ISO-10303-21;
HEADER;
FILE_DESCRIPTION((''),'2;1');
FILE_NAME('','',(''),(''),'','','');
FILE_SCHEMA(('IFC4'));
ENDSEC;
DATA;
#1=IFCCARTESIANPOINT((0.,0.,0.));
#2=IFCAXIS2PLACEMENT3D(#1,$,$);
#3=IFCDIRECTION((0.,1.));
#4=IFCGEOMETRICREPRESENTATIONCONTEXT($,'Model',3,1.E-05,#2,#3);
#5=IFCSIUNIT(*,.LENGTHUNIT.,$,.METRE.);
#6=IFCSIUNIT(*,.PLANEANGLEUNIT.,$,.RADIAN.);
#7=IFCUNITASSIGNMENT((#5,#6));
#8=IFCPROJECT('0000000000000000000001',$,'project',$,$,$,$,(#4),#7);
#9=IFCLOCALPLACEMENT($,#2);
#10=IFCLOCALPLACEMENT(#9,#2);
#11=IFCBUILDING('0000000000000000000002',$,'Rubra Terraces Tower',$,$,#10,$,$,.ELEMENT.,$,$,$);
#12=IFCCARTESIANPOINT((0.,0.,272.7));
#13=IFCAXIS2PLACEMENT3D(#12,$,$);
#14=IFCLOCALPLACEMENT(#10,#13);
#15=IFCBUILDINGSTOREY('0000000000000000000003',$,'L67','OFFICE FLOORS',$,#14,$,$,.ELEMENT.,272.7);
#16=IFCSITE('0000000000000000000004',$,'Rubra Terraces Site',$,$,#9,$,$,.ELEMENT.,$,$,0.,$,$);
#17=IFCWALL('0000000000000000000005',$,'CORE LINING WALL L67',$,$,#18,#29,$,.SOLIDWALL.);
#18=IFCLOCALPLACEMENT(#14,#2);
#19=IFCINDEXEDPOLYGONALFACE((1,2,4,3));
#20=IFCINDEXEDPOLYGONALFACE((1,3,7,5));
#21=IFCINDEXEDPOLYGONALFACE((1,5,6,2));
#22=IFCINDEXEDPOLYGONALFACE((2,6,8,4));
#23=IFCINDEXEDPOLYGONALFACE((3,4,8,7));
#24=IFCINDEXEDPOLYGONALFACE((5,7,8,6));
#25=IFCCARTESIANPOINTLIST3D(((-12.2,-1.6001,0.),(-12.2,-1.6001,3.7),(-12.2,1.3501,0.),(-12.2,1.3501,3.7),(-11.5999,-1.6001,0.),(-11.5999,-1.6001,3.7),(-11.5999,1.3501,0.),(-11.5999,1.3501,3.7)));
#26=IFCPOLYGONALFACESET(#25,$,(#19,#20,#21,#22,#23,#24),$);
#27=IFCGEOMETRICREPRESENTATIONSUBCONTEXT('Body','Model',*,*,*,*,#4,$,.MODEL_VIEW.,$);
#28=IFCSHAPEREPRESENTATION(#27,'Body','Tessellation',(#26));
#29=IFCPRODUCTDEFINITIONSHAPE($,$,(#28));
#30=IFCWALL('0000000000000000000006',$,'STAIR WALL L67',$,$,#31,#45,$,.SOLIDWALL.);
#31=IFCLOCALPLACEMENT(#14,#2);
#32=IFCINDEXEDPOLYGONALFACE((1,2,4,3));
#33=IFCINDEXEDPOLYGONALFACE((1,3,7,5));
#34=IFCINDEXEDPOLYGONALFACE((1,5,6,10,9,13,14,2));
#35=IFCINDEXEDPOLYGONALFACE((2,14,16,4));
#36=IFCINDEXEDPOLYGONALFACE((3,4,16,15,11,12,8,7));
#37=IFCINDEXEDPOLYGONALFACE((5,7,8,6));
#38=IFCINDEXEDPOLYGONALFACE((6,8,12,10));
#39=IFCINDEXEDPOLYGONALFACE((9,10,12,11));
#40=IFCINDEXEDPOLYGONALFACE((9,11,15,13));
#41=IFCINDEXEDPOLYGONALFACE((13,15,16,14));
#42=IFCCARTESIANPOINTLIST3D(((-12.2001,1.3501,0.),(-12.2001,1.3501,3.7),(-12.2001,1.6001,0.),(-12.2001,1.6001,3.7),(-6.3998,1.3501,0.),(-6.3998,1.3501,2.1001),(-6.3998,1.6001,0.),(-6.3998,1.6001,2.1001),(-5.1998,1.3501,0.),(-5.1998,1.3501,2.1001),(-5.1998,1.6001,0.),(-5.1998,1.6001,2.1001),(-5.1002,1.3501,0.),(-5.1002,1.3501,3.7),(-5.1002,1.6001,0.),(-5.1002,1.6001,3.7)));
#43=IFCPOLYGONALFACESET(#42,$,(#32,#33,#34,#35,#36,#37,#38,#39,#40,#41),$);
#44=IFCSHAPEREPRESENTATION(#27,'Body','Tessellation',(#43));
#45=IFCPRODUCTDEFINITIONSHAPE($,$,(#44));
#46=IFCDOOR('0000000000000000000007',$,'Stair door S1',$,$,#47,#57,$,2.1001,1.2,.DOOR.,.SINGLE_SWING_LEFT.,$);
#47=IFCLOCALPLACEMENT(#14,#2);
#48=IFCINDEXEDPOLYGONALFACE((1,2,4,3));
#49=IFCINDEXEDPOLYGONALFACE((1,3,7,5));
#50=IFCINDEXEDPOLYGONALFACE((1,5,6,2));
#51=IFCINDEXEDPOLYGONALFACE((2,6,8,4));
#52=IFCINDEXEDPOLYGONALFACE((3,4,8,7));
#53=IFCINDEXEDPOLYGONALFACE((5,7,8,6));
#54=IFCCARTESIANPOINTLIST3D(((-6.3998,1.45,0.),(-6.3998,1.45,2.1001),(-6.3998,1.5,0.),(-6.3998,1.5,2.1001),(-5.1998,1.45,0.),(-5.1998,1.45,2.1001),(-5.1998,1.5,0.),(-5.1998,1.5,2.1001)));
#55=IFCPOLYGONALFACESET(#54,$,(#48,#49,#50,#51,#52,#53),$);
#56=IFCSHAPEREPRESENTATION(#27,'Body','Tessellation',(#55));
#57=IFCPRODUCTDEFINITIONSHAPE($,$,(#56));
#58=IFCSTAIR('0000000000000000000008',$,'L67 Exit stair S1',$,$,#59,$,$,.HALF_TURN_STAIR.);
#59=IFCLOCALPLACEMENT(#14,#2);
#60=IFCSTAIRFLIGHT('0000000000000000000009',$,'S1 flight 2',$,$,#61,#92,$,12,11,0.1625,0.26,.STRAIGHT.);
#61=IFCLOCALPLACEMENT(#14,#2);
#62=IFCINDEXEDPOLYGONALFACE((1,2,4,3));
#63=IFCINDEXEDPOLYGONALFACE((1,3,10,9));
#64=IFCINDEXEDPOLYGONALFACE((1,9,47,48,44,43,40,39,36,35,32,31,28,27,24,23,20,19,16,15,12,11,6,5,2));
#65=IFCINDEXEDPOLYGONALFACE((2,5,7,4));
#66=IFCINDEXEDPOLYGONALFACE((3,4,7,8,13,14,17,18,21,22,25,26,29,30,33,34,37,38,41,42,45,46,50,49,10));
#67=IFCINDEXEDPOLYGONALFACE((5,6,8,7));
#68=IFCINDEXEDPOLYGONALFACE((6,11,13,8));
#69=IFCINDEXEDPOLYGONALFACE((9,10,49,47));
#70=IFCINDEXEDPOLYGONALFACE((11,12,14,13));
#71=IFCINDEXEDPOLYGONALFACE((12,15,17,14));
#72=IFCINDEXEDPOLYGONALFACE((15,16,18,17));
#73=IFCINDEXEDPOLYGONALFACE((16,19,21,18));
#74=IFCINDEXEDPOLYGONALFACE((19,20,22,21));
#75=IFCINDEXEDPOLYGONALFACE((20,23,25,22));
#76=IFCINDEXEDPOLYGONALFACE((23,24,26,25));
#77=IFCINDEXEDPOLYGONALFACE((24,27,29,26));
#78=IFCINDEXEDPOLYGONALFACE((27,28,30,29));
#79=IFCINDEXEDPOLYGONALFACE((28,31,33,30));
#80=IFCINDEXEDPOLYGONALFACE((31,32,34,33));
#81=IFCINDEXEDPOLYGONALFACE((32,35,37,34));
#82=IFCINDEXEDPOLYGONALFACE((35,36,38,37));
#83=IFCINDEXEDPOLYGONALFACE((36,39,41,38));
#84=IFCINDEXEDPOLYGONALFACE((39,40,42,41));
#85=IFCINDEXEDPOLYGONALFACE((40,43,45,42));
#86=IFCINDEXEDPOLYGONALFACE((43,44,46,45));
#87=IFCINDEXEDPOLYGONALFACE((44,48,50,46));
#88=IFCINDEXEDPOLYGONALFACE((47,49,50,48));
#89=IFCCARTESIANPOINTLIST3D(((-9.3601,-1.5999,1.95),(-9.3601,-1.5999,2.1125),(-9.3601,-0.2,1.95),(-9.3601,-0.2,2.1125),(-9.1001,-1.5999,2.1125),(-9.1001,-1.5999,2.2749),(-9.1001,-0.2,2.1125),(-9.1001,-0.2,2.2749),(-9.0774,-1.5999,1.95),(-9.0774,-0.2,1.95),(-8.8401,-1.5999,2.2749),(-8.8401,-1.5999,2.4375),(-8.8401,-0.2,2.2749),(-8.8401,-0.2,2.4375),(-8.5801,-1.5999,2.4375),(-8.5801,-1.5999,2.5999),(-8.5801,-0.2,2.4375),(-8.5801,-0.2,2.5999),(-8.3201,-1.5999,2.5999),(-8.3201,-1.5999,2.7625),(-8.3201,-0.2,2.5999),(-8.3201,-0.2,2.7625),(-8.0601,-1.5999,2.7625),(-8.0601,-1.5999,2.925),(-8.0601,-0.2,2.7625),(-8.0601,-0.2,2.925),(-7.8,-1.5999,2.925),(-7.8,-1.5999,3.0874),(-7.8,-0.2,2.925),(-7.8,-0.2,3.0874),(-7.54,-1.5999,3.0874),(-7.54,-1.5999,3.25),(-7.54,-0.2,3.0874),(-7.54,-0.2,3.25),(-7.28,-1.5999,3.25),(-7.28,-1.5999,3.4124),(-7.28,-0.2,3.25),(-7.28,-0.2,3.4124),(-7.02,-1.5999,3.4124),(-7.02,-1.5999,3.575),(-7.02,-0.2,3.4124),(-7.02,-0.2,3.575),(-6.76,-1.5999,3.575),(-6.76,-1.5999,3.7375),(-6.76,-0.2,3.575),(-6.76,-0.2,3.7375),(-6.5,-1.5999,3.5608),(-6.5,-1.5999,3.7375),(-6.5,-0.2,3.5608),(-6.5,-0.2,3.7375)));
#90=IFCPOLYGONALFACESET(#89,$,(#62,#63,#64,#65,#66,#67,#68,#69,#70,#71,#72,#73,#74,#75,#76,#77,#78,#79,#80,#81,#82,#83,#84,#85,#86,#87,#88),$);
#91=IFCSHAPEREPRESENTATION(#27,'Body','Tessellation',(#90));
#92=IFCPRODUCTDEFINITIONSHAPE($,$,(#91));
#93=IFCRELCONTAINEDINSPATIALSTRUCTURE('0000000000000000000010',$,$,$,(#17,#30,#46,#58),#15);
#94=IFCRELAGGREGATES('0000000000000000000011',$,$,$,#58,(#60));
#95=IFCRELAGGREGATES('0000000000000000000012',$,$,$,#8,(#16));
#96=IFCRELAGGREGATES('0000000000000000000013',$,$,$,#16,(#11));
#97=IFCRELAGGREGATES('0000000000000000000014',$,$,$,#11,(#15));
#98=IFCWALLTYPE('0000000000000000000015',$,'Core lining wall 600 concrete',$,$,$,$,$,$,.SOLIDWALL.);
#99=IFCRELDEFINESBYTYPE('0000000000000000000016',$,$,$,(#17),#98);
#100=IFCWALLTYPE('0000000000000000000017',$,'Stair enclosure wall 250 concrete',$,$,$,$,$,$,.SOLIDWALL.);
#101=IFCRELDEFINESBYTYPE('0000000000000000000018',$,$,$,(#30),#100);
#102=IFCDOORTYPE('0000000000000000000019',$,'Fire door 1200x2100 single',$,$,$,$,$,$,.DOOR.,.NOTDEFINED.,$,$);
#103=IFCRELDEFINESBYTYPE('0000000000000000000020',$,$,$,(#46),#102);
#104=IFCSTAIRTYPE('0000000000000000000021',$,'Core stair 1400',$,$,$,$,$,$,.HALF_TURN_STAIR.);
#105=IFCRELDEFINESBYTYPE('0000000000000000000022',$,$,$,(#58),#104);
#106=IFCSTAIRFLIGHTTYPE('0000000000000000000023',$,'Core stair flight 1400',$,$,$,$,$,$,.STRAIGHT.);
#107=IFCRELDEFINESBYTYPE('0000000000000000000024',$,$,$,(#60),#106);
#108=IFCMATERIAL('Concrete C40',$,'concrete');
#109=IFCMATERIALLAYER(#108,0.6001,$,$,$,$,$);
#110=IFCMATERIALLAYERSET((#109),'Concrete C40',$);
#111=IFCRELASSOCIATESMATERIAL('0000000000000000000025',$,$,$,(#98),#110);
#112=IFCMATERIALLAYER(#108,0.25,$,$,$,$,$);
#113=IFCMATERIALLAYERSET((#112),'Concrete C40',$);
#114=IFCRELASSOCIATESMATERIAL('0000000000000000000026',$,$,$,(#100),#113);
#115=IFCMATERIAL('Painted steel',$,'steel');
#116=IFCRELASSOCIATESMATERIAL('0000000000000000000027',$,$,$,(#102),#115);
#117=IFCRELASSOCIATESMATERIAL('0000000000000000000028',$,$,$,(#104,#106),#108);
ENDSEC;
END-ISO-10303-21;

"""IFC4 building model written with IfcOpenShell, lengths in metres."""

from ifc_helpers import new_model, si_unit, direction, frame, frame_2d, origin, place, context, subcontext, project, spatial, polyline, rectangle, outline, extrude, material, layer, layer_set, type_object, element, fill, aggregate, save


model = new_model("IFC4")

# Units and contexts
model_context = context("Model", 3, precision=1e-05, world=origin(), true_north=direction((0.0, 1.0)))
body_context = subcontext(model_context, "Body", "Model", "MODEL_VIEW")
ifc_project = project(units=[si_unit("LENGTHUNIT", "METRE"), si_unit("PLANEANGLEUNIT", "RADIAN")], contexts=[model_context])

# Site, building, storey
site_placement = place(None, origin())
site = spatial("IfcSite", under=ifc_project, at=site_placement, Name="Rubra Terraces Site", CompositionType="ELEMENT", RefElevation=0.0)
building_placement = place(site_placement, origin())
building = spatial("IfcBuilding", under=site, at=building_placement, Name="Rubra Terraces Tower", CompositionType="ELEMENT")
storey_placement = place(building_placement, frame((0.0, 0.0, 272.7)))
storey = spatial("IfcBuildingStorey", under=building, at=storey_placement, Name="L67", Description="OFFICE FLOORS", CompositionType="ELEMENT", Elevation=272.7)

# Shared definitions
ifc_material_1 = material(Name="Painted steel", Category="steel")

# Wall
ifc_material_2 = material(Name="Concrete C40", Category="concrete")
ifc_layer_1 = layer(ifc_material_2, 0.6001)
ifc_layer_set_1 = layer_set([ifc_layer_1], Name="Concrete C40")
wall_type_1 = type_object("IfcWallType", Name="Core lining wall 600 concrete", PredefinedType="SOLIDWALL", material=ifc_layer_set_1)
wall_1_placement = place(storey_placement, frame((-11.8999, -1.6001, 0.0), z_axis=(0.0, 0.0, 1.0), x_axis=(0.0, 1.0, 0.0)))
element("IfcWall", 1, at=wall_1_placement, inside=storey, type_object=wall_type_1, Name="CORE LINING WALL L67", PredefinedType="SOLIDWALL", context=body_context, shape_type="SweptSolid", body=[
    extrude(rectangle(XDim=2.9502, YDim=0.6001, at=frame_2d((1.4751, 0.0))), origin(), (0.0, 0.0, 1.0), 3.7),
])

# Wall, opening, door
ifc_layer_2 = layer(ifc_material_2, 0.25)
ifc_layer_set_2 = layer_set([ifc_layer_2], Name="Concrete C40")
wall_type_2 = type_object("IfcWallType", Name="Stair enclosure wall 250 concrete", PredefinedType="SOLIDWALL", material=ifc_layer_set_2)
wall_2_placement = place(storey_placement, frame((-12.2, 1.4751, 0.0), z_axis=(0.0, 0.0, 1.0), x_axis=(1.0, 0.0, 0.0)))
wall_2 = element("IfcWall", 2, at=wall_2_placement, inside=storey, type_object=wall_type_2, Name="STAIR WALL L67", PredefinedType="SOLIDWALL", context=body_context, shape_type="SweptSolid", body=[
    extrude(rectangle(XDim=7.0999, YDim=0.25, at=frame_2d((3.5498, 0.0))), origin(), (0.0, 0.0, 1.0), 3.7),
])
opening_1_placement = place(wall_2_placement, frame((5.8, 0.0, 0.0)))
opening_1 = element("IfcOpeningElement", 3, at=opening_1_placement, cuts=wall_2, PredefinedType="OPENING", context=body_context, shape_type="SweptSolid", body=[
    extrude(rectangle(XDim=1.2, YDim=2.1001, at=frame_2d((0.6001, 1.05))), frame((0.0, 0.135, 0.0), z_axis=(0.0, -1.0, 0.0), x_axis=(1.0, 0.0, 0.0)), (0.0, 0.0, 1.0), 0.27),
])
door_type_1 = type_object("IfcDoorType", Name="Fire door 1200x2100 single", OperationType="NOTDEFINED", PredefinedType="DOOR", material=ifc_material_1)
door_1_placement = place(opening_1_placement, origin())
door_1 = element("IfcDoor", 4, at=door_1_placement, inside=storey, type_object=door_type_1, Name="Stair door S1", OperationType="SINGLE_SWING_LEFT", OverallHeight=2.1001, OverallWidth=1.2, PredefinedType="DOOR", context=body_context, shape_type="SweptSolid", body=[
    extrude(rectangle(XDim=1.2, YDim=2.1001, at=frame_2d((0.6001, 1.05))), frame((0.0, 0.0249, 0.0), z_axis=(0.0, -1.0, 0.0), x_axis=(1.0, 0.0, 0.0)), (0.0, 0.0, 1.0), 0.05),
])
fill(opening_1, door_1)

# Stair, stair flight
stair_type = type_object("IfcStairType", Name="Core stair 1400", PredefinedType="HALF_TURN_STAIR", material=ifc_material_2)
stair_placement = place(storey_placement, origin())
stair = element("IfcStair", 5, at=stair_placement, inside=storey, type_object=stair_type, Name="L67 Exit stair S1", PredefinedType="HALF_TURN_STAIR")
stair_flight_type = type_object("IfcStairFlightType", Name="Core stair flight 1400", PredefinedType="STRAIGHT", material=ifc_material_2)
stair_flight_placement = place(storey_placement, frame((-9.3601, -0.8999, 1.95), z_axis=(0.0, 0.0, 1.0), x_axis=(1.0, 0.0, 0.0)))
stair_flight = element("IfcStairFlight", 6, at=stair_flight_placement, type_object=stair_flight_type, Name="S1 flight 2", NumberOfRisers=12, NumberOfTreads=11, PredefinedType="STRAIGHT", RiserHeight=0.1625, TreadLength=0.26, context=body_context, shape_type="SweptSolid", body=[
    extrude(outline(polyline([(0.0, 0.0), (0.0, 0.1626), (0.26, 0.1626), (0.26, 0.325), (0.52, 0.325), (0.52, 0.4875), (0.78, 0.4875), (0.78, 0.6499), (1.04, 0.6499), (1.04, 0.8125), (1.3, 0.8125), (1.3, 0.9751), (1.5601, 0.9751), (1.5601, 1.1375), (1.8201, 1.1375), (1.8201, 1.3), (2.0801, 1.3), (2.0801, 1.4624), (2.3401, 1.4624), (2.3401, 1.625), (2.6001, 1.625), (2.6001, 1.7876), (2.8601, 1.7876), (2.8601, 1.95), (2.8601, 1.6108), (0.2827, 0.0), (0.0, 0.0)])), frame((0.0, 0.7, 0.0), z_axis=(0.0, -1.0, 0.0), x_axis=(1.0, 0.0, 0.0)), (0.0, 0.0, 1.0), 1.3999),
])
aggregate(stair, [stair_flight])

save(model, "model.ifc")
